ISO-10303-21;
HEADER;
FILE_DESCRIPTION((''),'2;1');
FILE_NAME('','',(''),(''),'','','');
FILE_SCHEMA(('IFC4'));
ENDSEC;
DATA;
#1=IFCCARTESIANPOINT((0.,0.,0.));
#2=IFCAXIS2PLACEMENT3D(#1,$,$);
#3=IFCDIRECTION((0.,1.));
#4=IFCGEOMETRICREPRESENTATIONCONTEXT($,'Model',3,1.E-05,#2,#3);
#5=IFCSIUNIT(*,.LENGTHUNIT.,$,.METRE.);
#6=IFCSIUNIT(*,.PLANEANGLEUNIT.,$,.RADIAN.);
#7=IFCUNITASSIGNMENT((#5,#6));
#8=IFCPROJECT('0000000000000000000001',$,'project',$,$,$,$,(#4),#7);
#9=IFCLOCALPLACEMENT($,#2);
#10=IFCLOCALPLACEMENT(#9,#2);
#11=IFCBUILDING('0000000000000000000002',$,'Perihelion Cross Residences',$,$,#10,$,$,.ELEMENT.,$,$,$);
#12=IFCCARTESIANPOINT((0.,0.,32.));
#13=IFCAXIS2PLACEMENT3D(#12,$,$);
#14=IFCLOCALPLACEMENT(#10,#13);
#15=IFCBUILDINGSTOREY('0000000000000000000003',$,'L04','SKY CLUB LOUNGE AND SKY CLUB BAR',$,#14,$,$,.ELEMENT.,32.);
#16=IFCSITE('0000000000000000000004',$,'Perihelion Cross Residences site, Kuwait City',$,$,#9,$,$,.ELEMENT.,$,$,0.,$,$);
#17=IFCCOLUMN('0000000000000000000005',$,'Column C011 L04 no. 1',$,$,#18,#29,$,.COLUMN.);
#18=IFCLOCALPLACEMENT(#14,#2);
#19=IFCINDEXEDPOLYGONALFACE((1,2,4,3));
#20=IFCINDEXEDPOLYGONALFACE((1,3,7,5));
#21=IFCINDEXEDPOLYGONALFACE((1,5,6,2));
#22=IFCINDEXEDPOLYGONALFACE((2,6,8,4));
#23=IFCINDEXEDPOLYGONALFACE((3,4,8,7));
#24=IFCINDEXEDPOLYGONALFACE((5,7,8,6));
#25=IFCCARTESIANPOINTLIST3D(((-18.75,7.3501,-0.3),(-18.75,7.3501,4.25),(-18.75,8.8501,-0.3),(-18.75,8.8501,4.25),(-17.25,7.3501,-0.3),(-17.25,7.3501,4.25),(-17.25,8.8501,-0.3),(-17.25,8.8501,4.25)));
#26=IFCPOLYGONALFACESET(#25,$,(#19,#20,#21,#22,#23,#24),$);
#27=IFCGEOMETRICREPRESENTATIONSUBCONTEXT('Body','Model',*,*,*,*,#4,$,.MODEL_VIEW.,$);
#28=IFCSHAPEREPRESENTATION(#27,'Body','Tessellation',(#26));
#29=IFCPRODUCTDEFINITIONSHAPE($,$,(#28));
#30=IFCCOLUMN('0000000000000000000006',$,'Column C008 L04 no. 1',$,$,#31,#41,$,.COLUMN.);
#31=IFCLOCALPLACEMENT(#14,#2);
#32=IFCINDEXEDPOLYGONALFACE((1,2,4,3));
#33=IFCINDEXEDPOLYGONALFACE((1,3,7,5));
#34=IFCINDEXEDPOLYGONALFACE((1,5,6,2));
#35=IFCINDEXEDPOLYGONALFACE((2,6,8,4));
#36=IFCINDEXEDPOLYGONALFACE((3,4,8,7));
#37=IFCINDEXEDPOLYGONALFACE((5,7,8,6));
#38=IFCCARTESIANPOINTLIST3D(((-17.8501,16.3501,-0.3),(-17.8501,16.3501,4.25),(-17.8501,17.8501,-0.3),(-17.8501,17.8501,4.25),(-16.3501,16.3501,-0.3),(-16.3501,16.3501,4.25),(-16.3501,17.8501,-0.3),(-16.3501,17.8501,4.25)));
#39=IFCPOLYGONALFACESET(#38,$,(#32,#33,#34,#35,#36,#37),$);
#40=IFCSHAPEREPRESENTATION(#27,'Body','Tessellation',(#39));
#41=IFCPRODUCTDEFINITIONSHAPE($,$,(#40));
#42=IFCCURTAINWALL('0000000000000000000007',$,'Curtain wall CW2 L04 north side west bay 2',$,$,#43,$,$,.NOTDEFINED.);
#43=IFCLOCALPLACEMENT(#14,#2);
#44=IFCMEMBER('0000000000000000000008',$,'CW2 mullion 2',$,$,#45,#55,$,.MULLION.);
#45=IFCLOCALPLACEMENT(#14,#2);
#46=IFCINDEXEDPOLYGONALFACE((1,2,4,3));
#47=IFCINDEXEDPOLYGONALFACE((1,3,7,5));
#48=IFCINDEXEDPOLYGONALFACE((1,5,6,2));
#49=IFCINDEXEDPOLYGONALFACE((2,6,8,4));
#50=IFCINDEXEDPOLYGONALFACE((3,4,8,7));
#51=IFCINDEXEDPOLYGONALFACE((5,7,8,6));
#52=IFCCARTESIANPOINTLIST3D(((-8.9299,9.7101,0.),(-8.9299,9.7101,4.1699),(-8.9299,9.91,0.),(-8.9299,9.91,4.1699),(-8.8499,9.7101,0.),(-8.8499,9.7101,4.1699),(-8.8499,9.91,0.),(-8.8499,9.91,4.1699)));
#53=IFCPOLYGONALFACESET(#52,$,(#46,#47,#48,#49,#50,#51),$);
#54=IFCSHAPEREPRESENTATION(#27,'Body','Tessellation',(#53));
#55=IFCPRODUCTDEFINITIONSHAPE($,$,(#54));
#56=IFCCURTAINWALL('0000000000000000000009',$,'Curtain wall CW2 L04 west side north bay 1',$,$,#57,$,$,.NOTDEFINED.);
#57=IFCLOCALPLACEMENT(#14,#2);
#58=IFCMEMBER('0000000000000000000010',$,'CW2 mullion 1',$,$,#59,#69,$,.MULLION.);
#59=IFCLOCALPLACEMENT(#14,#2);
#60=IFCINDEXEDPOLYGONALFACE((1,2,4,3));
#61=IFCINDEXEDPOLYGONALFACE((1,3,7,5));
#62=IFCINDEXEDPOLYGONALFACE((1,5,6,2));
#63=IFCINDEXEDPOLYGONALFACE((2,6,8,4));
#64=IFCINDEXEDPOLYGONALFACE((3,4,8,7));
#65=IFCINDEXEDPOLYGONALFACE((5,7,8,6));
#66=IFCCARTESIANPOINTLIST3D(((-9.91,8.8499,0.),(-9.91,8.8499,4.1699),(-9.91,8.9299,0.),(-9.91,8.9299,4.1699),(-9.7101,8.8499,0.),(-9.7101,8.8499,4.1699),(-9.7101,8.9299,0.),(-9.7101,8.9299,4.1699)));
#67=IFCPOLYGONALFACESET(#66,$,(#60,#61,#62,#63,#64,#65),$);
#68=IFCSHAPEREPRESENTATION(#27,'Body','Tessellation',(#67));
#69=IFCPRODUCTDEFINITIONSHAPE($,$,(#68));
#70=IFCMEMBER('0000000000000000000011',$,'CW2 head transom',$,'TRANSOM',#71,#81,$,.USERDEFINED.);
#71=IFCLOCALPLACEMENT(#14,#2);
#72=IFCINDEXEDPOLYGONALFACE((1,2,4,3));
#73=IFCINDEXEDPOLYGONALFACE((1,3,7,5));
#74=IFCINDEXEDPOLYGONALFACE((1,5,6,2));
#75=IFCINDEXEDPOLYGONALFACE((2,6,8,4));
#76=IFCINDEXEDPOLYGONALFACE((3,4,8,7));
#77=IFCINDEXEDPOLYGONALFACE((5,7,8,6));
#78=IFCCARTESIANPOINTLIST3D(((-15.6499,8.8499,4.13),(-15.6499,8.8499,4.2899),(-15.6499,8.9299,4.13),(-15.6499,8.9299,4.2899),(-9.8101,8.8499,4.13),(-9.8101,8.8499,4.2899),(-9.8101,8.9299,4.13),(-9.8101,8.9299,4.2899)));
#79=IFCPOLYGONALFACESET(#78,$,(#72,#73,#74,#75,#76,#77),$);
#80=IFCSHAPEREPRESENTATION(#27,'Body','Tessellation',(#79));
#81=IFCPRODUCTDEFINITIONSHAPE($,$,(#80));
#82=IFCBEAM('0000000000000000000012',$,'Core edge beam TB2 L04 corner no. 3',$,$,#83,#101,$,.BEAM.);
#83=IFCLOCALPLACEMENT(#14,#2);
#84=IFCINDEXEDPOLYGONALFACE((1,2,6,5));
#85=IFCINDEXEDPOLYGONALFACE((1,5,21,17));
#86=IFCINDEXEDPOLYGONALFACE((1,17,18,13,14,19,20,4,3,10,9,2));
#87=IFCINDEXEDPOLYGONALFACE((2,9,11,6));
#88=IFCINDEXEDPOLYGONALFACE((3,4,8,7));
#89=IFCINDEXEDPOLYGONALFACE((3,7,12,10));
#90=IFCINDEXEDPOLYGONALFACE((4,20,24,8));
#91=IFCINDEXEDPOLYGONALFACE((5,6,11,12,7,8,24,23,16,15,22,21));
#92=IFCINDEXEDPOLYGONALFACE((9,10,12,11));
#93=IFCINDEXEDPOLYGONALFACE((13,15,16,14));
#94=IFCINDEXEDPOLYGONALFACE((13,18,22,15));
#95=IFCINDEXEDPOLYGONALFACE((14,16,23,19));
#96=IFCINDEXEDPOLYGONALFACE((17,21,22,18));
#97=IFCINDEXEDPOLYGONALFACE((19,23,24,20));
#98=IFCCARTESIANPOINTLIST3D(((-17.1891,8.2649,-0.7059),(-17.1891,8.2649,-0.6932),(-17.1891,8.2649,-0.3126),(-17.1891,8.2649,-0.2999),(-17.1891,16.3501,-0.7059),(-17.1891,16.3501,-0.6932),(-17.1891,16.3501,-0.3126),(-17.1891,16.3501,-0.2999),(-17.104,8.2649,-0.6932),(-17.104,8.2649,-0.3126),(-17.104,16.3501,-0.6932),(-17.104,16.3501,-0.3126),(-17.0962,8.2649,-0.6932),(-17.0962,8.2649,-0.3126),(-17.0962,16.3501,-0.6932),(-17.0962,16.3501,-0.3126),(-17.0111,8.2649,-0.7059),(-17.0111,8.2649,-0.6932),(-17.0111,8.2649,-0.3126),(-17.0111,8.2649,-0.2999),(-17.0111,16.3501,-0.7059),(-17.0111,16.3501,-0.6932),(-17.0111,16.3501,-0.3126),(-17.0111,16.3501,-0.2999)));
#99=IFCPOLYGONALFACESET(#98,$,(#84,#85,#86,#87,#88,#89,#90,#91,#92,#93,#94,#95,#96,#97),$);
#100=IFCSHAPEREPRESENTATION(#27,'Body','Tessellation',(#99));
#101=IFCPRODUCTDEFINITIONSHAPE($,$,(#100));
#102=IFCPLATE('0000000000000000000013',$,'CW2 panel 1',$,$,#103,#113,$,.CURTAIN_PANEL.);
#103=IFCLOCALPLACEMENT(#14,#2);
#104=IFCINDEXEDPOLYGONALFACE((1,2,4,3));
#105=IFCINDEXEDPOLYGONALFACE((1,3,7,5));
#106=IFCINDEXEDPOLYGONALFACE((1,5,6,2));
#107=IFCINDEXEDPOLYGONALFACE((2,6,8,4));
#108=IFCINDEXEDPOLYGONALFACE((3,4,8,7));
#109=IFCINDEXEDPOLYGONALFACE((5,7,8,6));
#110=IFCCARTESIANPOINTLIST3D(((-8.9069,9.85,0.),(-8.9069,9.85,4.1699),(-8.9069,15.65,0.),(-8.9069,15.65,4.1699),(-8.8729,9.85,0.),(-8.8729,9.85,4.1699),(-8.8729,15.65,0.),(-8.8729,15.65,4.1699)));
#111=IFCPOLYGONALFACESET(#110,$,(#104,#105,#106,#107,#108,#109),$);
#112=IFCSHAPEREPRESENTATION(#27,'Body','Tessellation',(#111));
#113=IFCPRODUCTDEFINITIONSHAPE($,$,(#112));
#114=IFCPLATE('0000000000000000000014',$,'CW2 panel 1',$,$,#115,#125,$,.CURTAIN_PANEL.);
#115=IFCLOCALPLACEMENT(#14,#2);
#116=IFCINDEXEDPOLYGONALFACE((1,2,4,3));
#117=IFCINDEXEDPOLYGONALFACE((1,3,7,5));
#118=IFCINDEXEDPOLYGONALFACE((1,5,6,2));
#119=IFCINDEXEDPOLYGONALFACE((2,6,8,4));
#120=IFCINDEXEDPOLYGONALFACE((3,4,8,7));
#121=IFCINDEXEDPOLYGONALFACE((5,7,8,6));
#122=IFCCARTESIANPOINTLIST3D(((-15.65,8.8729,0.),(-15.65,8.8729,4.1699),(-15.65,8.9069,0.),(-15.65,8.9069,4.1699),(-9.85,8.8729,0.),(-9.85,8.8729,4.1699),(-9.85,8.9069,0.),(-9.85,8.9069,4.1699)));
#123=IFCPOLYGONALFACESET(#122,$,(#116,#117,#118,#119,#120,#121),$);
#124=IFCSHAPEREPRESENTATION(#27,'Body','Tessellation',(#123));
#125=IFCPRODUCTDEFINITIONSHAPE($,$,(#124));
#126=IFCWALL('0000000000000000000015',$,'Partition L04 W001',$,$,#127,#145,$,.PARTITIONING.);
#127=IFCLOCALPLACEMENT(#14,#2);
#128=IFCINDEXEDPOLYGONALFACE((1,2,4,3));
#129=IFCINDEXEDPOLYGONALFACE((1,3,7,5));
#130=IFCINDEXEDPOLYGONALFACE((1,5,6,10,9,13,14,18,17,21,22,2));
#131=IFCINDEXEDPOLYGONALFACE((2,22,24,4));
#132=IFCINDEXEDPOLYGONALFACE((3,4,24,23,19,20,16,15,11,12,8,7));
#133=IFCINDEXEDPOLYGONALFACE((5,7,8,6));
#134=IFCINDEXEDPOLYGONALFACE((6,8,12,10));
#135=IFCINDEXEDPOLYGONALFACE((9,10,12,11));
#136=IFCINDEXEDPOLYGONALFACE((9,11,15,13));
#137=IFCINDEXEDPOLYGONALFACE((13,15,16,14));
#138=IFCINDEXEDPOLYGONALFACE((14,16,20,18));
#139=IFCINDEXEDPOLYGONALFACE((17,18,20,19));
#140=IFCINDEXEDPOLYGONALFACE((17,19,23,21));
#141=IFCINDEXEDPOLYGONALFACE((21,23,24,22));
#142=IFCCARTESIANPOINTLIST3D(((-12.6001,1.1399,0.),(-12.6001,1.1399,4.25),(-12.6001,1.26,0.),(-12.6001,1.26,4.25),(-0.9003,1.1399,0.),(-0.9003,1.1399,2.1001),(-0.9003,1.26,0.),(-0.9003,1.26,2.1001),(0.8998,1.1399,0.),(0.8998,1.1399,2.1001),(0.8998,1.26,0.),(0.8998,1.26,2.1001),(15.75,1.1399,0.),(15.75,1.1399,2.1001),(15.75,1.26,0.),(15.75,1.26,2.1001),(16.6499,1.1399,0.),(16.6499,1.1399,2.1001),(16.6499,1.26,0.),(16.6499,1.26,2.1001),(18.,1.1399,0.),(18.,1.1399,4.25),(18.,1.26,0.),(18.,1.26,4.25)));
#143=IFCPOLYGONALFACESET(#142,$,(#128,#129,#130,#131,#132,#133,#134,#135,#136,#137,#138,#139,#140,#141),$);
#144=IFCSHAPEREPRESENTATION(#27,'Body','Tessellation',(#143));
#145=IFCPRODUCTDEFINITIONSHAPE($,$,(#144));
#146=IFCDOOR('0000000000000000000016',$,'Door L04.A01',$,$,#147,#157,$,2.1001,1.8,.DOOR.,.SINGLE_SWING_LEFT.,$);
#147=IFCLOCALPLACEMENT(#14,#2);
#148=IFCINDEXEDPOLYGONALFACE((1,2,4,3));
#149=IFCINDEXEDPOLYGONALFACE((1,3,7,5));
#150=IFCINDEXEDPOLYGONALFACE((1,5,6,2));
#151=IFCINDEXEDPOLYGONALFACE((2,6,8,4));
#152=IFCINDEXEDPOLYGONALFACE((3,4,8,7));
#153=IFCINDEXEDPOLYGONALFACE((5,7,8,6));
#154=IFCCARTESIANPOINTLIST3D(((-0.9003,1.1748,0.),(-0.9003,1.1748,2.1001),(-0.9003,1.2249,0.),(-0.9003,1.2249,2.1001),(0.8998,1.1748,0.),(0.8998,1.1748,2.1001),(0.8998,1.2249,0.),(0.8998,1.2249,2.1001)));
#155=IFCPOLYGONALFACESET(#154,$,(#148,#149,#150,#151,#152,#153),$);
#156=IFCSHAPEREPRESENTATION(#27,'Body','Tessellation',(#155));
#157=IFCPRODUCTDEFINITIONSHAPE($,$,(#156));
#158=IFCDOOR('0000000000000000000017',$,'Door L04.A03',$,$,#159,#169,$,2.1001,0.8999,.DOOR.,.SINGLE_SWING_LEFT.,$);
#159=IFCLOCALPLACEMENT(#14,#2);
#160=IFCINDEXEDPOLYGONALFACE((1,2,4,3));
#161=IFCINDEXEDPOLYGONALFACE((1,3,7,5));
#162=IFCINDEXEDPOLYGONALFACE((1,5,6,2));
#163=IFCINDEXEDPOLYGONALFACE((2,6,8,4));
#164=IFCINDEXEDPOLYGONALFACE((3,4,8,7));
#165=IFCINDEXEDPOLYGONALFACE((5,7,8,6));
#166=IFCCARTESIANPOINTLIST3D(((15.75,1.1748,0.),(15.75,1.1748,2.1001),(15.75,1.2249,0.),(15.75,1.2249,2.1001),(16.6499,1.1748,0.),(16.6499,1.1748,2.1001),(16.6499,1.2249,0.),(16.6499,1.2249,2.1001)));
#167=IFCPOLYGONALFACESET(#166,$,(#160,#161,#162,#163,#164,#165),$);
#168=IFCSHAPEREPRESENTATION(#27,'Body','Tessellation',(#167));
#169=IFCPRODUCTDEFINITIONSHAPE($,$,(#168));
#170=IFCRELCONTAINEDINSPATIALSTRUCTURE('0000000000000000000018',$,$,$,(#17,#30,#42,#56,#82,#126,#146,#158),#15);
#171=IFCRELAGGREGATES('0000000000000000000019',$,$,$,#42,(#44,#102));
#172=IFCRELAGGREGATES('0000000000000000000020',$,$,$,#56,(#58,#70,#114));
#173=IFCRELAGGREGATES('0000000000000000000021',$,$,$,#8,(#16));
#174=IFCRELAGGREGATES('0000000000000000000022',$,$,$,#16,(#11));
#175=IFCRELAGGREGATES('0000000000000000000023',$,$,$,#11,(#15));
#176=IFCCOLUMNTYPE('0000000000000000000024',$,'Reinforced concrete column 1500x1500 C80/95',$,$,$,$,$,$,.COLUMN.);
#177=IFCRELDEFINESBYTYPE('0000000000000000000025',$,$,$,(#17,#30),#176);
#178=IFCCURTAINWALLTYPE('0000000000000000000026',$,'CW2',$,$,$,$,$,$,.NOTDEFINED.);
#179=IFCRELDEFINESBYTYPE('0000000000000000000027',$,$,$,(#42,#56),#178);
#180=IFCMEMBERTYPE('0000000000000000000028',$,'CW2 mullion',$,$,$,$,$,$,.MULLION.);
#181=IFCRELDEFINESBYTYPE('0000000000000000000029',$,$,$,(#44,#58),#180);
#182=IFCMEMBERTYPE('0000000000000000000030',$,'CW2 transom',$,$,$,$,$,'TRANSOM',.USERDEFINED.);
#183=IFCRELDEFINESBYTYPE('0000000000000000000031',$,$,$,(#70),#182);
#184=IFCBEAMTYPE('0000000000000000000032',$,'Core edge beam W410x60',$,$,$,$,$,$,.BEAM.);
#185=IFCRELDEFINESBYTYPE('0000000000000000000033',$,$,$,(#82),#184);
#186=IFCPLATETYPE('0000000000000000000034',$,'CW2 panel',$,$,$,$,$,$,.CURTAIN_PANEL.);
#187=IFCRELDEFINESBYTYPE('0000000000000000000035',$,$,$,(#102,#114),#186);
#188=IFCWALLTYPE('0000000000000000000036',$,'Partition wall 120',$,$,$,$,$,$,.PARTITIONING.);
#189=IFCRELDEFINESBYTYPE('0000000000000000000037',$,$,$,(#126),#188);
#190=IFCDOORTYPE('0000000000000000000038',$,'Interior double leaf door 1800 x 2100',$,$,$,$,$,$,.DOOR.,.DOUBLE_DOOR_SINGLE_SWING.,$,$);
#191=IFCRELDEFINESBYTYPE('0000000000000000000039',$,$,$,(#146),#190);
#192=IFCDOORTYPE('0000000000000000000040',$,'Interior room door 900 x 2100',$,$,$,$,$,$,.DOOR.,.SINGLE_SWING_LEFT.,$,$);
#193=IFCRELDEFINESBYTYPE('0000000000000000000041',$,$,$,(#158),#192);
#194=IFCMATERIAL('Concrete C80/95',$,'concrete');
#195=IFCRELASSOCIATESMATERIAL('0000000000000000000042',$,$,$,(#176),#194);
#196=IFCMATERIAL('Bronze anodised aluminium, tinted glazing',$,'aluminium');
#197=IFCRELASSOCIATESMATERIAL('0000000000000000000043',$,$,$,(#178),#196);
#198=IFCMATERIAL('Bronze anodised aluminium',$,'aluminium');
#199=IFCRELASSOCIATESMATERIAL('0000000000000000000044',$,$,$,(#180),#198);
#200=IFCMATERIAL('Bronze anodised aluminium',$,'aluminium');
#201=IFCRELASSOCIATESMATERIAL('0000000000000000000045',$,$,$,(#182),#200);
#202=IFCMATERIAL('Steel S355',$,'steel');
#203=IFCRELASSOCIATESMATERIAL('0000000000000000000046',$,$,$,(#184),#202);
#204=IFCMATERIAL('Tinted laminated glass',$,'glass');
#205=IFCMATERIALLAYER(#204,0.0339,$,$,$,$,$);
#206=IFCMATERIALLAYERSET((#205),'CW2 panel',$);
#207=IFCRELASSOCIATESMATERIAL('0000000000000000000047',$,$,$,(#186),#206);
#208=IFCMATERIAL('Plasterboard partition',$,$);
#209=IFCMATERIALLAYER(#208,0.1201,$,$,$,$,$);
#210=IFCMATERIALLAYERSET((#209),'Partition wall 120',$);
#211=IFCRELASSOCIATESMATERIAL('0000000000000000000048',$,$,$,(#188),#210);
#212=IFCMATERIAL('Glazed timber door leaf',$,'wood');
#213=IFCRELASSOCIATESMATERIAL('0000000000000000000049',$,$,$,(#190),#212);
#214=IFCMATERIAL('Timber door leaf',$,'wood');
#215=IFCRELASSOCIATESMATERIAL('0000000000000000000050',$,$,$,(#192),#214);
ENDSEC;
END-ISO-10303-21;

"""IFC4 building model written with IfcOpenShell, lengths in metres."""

from ifc_helpers import new_model, si_unit, direction, frame, frame_2d, origin, origin_2d, place, context, subcontext, project, spatial, rectangle, i_section, extrude, material, layer, layer_set, material_profile, profile_set, type_object, element, fill, aggregate, save


model = new_model("IFC4")

# Units and contexts
model_context = context("Model", 3, precision=1e-05, world=origin(), true_north=direction((0.0, 1.0)))
body_context = subcontext(model_context, "Body", "Model", "MODEL_VIEW")
ifc_project = project(units=[si_unit("LENGTHUNIT", "METRE"), si_unit("PLANEANGLEUNIT", "RADIAN")], contexts=[model_context])

# Site, building, storey
site_placement = place(None, origin())
site = spatial("IfcSite", under=ifc_project, at=site_placement, Name="Perihelion Cross Residences site, Kuwait City", CompositionType="ELEMENT", RefElevation=0.0)
building_placement = place(site_placement, origin())
building = spatial("IfcBuilding", under=site, at=building_placement, Name="Perihelion Cross Residences", CompositionType="ELEMENT")
storey_placement = place(building_placement, frame((0.0, 0.0, 32.0)))
storey = spatial("IfcBuildingStorey", under=building, at=storey_placement, Name="L04", Description="SKY CLUB LOUNGE AND SKY CLUB BAR", CompositionType="ELEMENT", Elevation=32.0)

# Columns
ifc_material_1 = material(Name="Concrete C80/95", Category="concrete")
ifc_material_profile_1 = material_profile(ifc_material_1, rectangle(XDim=1.5, YDim=1.5, at=origin_2d()), Name="RC 1500x1500")
ifc_profile_set_1 = profile_set([ifc_material_profile_1], Name="Concrete C80/95")
column_type = type_object("IfcColumnType", Name="Reinforced concrete column 1500x1500 C80/95", PredefinedType="COLUMN", material=ifc_profile_set_1)
for number, where, z_axis, x_axis, name in (
    (1, (-18.0, 8.1001, -0.3), (0.0, 0.0, 1.0), (1.0, 0.0, 0.0), "Column C011 L04 no. 1"),
    (2, (-17.1001, 17.1001, -0.3), (0.0, 0.0, 1.0), (1.0, 0.0, 0.0), "Column C008 L04 no. 1"),
):
    element("IfcColumn", number, at=place(storey_placement, frame(where, z_axis=z_axis, x_axis=x_axis)), inside=storey, type_object=column_type, Name=name, PredefinedType="COLUMN", context=body_context, shape_type="SweptSolid", body=[
        extrude(rectangle(XDim=1.5, YDim=1.5, at=origin_2d()), origin(), (0.0, 0.0, 1.0), 4.55),
    ])

# Curtain wall, member
ifc_material_2 = material(Name="Bronze anodised aluminium, tinted glazing", Category="aluminium")
curtain_wall_type = type_object("IfcCurtainWallType", Name="CW2", PredefinedType="NOTDEFINED", material=ifc_material_2)
curtain_wall_1_placement = place(storey_placement, origin())
curtain_wall_1 = element("IfcCurtainWall", 3, at=curtain_wall_1_placement, inside=storey, type_object=curtain_wall_type, Name="Curtain wall CW2 L04 north side west bay 2", PredefinedType="NOTDEFINED")
ifc_material_3 = material(Name="Bronze anodised aluminium", Category="aluminium")
ifc_material_profile_2 = material_profile(ifc_material_3, rectangle(XDim=0.0801, YDim=0.2, at=origin_2d()), Name="CW2 mullion")
ifc_profile_set_2 = profile_set([ifc_material_profile_2], Name="Bronze anodised aluminium")
member_type_1 = type_object("IfcMemberType", Name="CW2 mullion", PredefinedType="MULLION", material=ifc_profile_set_2)
member_1_placement = place(storey_placement, frame((-8.8899, 9.8101, 0.0), z_axis=(0.0, 0.0, 1.0), x_axis=(1.0, 0.0, 0.0)))
member_1 = element("IfcMember", 4, at=member_1_placement, type_object=member_type_1, Name="CW2 mullion 2", PredefinedType="MULLION", context=body_context, shape_type="SweptSolid", body=[
    extrude(rectangle(XDim=0.0801, YDim=0.2, at=origin_2d()), origin(), (0.0, 0.0, 1.0), 4.1699),
])

# Curtain wall, members
curtain_wall_2_placement = place(storey_placement, origin())
curtain_wall_2 = element("IfcCurtainWall", 5, at=curtain_wall_2_placement, inside=storey, type_object=curtain_wall_type, Name="Curtain wall CW2 L04 west side north bay 1", PredefinedType="NOTDEFINED")
member_2_placement = place(storey_placement, frame((-9.8101, 8.8899, 0.0), z_axis=(0.0, 0.0, 1.0), x_axis=(0.0, -1.0, 0.0)))
member_2 = element("IfcMember", 6, at=member_2_placement, type_object=member_type_1, Name="CW2 mullion 1", PredefinedType="MULLION", context=body_context, shape_type="SweptSolid", body=[
    extrude(rectangle(XDim=0.0801, YDim=0.2, at=origin_2d()), origin(), (0.0, 0.0, 1.0), 4.1699),
])
ifc_material_4 = material(Name="Bronze anodised aluminium", Category="aluminium")
ifc_material_profile_3 = material_profile(ifc_material_4, rectangle(XDim=0.0801, YDim=0.1599, at=origin_2d()), Name="CW2 transom")
ifc_profile_set_3 = profile_set([ifc_material_profile_3], Name="Bronze anodised aluminium")
member_type_2 = type_object("IfcMemberType", Name="CW2 transom", ElementType="TRANSOM", PredefinedType="USERDEFINED", material=ifc_profile_set_3)
member_3_placement = place(storey_placement, frame((-9.8101, 8.8899, 4.21), z_axis=(-1.0, 0.0, 0.0), x_axis=(0.0, -1.0, 0.0)))
member_3 = element("IfcMember", 7, at=member_3_placement, type_object=member_type_2, Name="CW2 head transom", ObjectType="TRANSOM", PredefinedType="USERDEFINED", context=body_context, shape_type="SweptSolid", body=[
    extrude(rectangle(XDim=0.0801, YDim=0.1599, at=origin_2d()), origin(), (0.0, 0.0, 1.0), 5.8398),
])

# Beam
ifc_material_5 = material(Name="Steel S355", Category="steel")
ifc_material_profile_4 = material_profile(ifc_material_5, i_section(OverallWidth=0.178, OverallDepth=0.406, WebThickness=0.0078, FlangeThickness=0.0127, at=origin_2d()), Name="W410x60")
ifc_profile_set_4 = profile_set([ifc_material_profile_4], Name="Steel S355")
beam_type = type_object("IfcBeamType", Name="Core edge beam W410x60", PredefinedType="BEAM", material=ifc_profile_set_4)
beam_placement = place(storey_placement, frame((-17.1001, 8.2649, -0.5029), z_axis=(0.0, 1.0, 0.0), x_axis=(-1.0, 0.0, 0.0)))
element("IfcBeam", 8, at=beam_placement, inside=storey, type_object=beam_type, Name="Core edge beam TB2 L04 corner no. 3", PredefinedType="BEAM", context=body_context, shape_type="SweptSolid", body=[
    extrude(i_section(OverallWidth=0.178, OverallDepth=0.406, WebThickness=0.0078, FlangeThickness=0.0127, at=origin_2d()), origin(), (0.0, 0.0, 1.0), 8.0852),
])

# Plates
ifc_material_6 = material(Name="Tinted laminated glass", Category="glass")
ifc_layer_1 = layer(ifc_material_6, 0.0339)
ifc_layer_set_1 = layer_set([ifc_layer_1], Name="CW2 panel")
plate_type = type_object("IfcPlateType", Name="CW2 panel", PredefinedType="CURTAIN_PANEL", material=ifc_layer_set_1)
plate_1_placement = place(storey_placement, frame((-8.8899, 12.75, 0.0), z_axis=(0.0, 0.0, 1.0), x_axis=(0.0, -1.0, 0.0)))
plate_1 = element("IfcPlate", 9, at=plate_1_placement, type_object=plate_type, Name="CW2 panel 1", PredefinedType="CURTAIN_PANEL", context=body_context, shape_type="SweptSolid", body=[
    extrude(rectangle(XDim=5.8, YDim=0.0339, at=origin_2d()), origin(), (0.0, 0.0, 1.0), 4.1699),
])
aggregate(curtain_wall_1, [member_1, plate_1])
plate_2_placement = place(storey_placement, frame((-12.75, 8.8899, 0.0), z_axis=(0.0, 0.0, 1.0), x_axis=(-1.0, 0.0, 0.0)))
plate_2 = element("IfcPlate", 10, at=plate_2_placement, type_object=plate_type, Name="CW2 panel 1", PredefinedType="CURTAIN_PANEL", context=body_context, shape_type="SweptSolid", body=[
    extrude(rectangle(XDim=5.8, YDim=0.0339, at=origin_2d()), origin(), (0.0, 0.0, 1.0), 4.1699),
])
aggregate(curtain_wall_2, [member_2, member_3, plate_2])

# Wall, openings, doors
ifc_material_7 = material(Name="Plasterboard partition")
ifc_layer_2 = layer(ifc_material_7, 0.1201)
ifc_layer_set_2 = layer_set([ifc_layer_2], Name="Partition wall 120")
wall_type_1 = type_object("IfcWallType", Name="Partition wall 120", PredefinedType="PARTITIONING", material=ifc_layer_set_2)
wall_1_placement = place(storey_placement, frame((-12.6001, 1.2, 0.0), z_axis=(0.0, 0.0, 1.0), x_axis=(1.0, 0.0, 0.0)))
wall_1 = element("IfcWall", 11, at=wall_1_placement, inside=storey, type_object=wall_type_1, Name="Partition L04 W001", PredefinedType="PARTITIONING", context=body_context, shape_type="SweptSolid", body=[
    extrude(rectangle(XDim=30.6001, YDim=0.1201, at=frame_2d((15.3, 0.0))), origin(), (0.0, 0.0, 1.0), 4.25),
])
opening_1_placement = place(wall_1_placement, frame((11.7, 0.0, 0.0)))
opening_1 = element("IfcOpeningElement", 12, at=opening_1_placement, cuts=wall_1, PredefinedType="OPENING", context=body_context, shape_type="SweptSolid", body=[
    extrude(rectangle(XDim=1.8, YDim=2.1001, at=frame_2d((0.8999, 1.05))), frame((0.0, 0.0701, 0.0), z_axis=(0.0, -1.0, 0.0), x_axis=(1.0, 0.0, 0.0)), (0.0, 0.0, 1.0), 0.1401),
])
opening_2_placement = place(wall_1_placement, frame((28.3501, 0.0, 0.0)))
opening_2 = element("IfcOpeningElement", 13, at=opening_2_placement, cuts=wall_1, PredefinedType="OPENING", context=body_context, shape_type="SweptSolid", body=[
    extrude(rectangle(XDim=0.8999, YDim=2.1001, at=frame_2d((0.45, 1.05))), frame((0.0, 0.0701, 0.0), z_axis=(0.0, -1.0, 0.0), x_axis=(1.0, 0.0, 0.0)), (0.0, 0.0, 1.0), 0.1401),
])
ifc_material_8 = material(Name="Glazed timber door leaf", Category="wood")
door_type_1 = type_object("IfcDoorType", Name="Interior double leaf door 1800 x 2100", OperationType="DOUBLE_DOOR_SINGLE_SWING", PredefinedType="DOOR", material=ifc_material_8)
door_1_placement = place(opening_1_placement, origin())
door_1 = element("IfcDoor", 14, at=door_1_placement, inside=storey, type_object=door_type_1, Name="Door L04.A01", OperationType="SINGLE_SWING_LEFT", OverallHeight=2.1001, OverallWidth=1.8, PredefinedType="DOOR", context=body_context, shape_type="SweptSolid", body=[
    extrude(rectangle(XDim=1.8, YDim=2.1001, at=frame_2d((0.8999, 1.05))), frame((0.0, 0.0249, 0.0), z_axis=(0.0, -1.0, 0.0), x_axis=(1.0, 0.0, 0.0)), (0.0, 0.0, 1.0), 0.05),
])
fill(opening_1, door_1)
ifc_material_9 = material(Name="Timber door leaf", Category="wood")
door_type_2 = type_object("IfcDoorType", Name="Interior room door 900 x 2100", OperationType="SINGLE_SWING_LEFT", PredefinedType="DOOR", material=ifc_material_9)
door_2_placement = place(opening_2_placement, origin())
door_2 = element("IfcDoor", 15, at=door_2_placement, inside=storey, type_object=door_type_2, Name="Door L04.A03", OperationType="SINGLE_SWING_LEFT", OverallHeight=2.1001, OverallWidth=0.8999, PredefinedType="DOOR", context=body_context, shape_type="SweptSolid", body=[
    extrude(rectangle(XDim=0.8999, YDim=2.1001, at=frame_2d((0.45, 1.05))), frame((0.0, 0.0249, 0.0), z_axis=(0.0, -1.0, 0.0), x_axis=(1.0, 0.0, 0.0)), (0.0, 0.0, 1.0), 0.05),
])
fill(opening_2, door_2)

save(model, "model.ifc")
